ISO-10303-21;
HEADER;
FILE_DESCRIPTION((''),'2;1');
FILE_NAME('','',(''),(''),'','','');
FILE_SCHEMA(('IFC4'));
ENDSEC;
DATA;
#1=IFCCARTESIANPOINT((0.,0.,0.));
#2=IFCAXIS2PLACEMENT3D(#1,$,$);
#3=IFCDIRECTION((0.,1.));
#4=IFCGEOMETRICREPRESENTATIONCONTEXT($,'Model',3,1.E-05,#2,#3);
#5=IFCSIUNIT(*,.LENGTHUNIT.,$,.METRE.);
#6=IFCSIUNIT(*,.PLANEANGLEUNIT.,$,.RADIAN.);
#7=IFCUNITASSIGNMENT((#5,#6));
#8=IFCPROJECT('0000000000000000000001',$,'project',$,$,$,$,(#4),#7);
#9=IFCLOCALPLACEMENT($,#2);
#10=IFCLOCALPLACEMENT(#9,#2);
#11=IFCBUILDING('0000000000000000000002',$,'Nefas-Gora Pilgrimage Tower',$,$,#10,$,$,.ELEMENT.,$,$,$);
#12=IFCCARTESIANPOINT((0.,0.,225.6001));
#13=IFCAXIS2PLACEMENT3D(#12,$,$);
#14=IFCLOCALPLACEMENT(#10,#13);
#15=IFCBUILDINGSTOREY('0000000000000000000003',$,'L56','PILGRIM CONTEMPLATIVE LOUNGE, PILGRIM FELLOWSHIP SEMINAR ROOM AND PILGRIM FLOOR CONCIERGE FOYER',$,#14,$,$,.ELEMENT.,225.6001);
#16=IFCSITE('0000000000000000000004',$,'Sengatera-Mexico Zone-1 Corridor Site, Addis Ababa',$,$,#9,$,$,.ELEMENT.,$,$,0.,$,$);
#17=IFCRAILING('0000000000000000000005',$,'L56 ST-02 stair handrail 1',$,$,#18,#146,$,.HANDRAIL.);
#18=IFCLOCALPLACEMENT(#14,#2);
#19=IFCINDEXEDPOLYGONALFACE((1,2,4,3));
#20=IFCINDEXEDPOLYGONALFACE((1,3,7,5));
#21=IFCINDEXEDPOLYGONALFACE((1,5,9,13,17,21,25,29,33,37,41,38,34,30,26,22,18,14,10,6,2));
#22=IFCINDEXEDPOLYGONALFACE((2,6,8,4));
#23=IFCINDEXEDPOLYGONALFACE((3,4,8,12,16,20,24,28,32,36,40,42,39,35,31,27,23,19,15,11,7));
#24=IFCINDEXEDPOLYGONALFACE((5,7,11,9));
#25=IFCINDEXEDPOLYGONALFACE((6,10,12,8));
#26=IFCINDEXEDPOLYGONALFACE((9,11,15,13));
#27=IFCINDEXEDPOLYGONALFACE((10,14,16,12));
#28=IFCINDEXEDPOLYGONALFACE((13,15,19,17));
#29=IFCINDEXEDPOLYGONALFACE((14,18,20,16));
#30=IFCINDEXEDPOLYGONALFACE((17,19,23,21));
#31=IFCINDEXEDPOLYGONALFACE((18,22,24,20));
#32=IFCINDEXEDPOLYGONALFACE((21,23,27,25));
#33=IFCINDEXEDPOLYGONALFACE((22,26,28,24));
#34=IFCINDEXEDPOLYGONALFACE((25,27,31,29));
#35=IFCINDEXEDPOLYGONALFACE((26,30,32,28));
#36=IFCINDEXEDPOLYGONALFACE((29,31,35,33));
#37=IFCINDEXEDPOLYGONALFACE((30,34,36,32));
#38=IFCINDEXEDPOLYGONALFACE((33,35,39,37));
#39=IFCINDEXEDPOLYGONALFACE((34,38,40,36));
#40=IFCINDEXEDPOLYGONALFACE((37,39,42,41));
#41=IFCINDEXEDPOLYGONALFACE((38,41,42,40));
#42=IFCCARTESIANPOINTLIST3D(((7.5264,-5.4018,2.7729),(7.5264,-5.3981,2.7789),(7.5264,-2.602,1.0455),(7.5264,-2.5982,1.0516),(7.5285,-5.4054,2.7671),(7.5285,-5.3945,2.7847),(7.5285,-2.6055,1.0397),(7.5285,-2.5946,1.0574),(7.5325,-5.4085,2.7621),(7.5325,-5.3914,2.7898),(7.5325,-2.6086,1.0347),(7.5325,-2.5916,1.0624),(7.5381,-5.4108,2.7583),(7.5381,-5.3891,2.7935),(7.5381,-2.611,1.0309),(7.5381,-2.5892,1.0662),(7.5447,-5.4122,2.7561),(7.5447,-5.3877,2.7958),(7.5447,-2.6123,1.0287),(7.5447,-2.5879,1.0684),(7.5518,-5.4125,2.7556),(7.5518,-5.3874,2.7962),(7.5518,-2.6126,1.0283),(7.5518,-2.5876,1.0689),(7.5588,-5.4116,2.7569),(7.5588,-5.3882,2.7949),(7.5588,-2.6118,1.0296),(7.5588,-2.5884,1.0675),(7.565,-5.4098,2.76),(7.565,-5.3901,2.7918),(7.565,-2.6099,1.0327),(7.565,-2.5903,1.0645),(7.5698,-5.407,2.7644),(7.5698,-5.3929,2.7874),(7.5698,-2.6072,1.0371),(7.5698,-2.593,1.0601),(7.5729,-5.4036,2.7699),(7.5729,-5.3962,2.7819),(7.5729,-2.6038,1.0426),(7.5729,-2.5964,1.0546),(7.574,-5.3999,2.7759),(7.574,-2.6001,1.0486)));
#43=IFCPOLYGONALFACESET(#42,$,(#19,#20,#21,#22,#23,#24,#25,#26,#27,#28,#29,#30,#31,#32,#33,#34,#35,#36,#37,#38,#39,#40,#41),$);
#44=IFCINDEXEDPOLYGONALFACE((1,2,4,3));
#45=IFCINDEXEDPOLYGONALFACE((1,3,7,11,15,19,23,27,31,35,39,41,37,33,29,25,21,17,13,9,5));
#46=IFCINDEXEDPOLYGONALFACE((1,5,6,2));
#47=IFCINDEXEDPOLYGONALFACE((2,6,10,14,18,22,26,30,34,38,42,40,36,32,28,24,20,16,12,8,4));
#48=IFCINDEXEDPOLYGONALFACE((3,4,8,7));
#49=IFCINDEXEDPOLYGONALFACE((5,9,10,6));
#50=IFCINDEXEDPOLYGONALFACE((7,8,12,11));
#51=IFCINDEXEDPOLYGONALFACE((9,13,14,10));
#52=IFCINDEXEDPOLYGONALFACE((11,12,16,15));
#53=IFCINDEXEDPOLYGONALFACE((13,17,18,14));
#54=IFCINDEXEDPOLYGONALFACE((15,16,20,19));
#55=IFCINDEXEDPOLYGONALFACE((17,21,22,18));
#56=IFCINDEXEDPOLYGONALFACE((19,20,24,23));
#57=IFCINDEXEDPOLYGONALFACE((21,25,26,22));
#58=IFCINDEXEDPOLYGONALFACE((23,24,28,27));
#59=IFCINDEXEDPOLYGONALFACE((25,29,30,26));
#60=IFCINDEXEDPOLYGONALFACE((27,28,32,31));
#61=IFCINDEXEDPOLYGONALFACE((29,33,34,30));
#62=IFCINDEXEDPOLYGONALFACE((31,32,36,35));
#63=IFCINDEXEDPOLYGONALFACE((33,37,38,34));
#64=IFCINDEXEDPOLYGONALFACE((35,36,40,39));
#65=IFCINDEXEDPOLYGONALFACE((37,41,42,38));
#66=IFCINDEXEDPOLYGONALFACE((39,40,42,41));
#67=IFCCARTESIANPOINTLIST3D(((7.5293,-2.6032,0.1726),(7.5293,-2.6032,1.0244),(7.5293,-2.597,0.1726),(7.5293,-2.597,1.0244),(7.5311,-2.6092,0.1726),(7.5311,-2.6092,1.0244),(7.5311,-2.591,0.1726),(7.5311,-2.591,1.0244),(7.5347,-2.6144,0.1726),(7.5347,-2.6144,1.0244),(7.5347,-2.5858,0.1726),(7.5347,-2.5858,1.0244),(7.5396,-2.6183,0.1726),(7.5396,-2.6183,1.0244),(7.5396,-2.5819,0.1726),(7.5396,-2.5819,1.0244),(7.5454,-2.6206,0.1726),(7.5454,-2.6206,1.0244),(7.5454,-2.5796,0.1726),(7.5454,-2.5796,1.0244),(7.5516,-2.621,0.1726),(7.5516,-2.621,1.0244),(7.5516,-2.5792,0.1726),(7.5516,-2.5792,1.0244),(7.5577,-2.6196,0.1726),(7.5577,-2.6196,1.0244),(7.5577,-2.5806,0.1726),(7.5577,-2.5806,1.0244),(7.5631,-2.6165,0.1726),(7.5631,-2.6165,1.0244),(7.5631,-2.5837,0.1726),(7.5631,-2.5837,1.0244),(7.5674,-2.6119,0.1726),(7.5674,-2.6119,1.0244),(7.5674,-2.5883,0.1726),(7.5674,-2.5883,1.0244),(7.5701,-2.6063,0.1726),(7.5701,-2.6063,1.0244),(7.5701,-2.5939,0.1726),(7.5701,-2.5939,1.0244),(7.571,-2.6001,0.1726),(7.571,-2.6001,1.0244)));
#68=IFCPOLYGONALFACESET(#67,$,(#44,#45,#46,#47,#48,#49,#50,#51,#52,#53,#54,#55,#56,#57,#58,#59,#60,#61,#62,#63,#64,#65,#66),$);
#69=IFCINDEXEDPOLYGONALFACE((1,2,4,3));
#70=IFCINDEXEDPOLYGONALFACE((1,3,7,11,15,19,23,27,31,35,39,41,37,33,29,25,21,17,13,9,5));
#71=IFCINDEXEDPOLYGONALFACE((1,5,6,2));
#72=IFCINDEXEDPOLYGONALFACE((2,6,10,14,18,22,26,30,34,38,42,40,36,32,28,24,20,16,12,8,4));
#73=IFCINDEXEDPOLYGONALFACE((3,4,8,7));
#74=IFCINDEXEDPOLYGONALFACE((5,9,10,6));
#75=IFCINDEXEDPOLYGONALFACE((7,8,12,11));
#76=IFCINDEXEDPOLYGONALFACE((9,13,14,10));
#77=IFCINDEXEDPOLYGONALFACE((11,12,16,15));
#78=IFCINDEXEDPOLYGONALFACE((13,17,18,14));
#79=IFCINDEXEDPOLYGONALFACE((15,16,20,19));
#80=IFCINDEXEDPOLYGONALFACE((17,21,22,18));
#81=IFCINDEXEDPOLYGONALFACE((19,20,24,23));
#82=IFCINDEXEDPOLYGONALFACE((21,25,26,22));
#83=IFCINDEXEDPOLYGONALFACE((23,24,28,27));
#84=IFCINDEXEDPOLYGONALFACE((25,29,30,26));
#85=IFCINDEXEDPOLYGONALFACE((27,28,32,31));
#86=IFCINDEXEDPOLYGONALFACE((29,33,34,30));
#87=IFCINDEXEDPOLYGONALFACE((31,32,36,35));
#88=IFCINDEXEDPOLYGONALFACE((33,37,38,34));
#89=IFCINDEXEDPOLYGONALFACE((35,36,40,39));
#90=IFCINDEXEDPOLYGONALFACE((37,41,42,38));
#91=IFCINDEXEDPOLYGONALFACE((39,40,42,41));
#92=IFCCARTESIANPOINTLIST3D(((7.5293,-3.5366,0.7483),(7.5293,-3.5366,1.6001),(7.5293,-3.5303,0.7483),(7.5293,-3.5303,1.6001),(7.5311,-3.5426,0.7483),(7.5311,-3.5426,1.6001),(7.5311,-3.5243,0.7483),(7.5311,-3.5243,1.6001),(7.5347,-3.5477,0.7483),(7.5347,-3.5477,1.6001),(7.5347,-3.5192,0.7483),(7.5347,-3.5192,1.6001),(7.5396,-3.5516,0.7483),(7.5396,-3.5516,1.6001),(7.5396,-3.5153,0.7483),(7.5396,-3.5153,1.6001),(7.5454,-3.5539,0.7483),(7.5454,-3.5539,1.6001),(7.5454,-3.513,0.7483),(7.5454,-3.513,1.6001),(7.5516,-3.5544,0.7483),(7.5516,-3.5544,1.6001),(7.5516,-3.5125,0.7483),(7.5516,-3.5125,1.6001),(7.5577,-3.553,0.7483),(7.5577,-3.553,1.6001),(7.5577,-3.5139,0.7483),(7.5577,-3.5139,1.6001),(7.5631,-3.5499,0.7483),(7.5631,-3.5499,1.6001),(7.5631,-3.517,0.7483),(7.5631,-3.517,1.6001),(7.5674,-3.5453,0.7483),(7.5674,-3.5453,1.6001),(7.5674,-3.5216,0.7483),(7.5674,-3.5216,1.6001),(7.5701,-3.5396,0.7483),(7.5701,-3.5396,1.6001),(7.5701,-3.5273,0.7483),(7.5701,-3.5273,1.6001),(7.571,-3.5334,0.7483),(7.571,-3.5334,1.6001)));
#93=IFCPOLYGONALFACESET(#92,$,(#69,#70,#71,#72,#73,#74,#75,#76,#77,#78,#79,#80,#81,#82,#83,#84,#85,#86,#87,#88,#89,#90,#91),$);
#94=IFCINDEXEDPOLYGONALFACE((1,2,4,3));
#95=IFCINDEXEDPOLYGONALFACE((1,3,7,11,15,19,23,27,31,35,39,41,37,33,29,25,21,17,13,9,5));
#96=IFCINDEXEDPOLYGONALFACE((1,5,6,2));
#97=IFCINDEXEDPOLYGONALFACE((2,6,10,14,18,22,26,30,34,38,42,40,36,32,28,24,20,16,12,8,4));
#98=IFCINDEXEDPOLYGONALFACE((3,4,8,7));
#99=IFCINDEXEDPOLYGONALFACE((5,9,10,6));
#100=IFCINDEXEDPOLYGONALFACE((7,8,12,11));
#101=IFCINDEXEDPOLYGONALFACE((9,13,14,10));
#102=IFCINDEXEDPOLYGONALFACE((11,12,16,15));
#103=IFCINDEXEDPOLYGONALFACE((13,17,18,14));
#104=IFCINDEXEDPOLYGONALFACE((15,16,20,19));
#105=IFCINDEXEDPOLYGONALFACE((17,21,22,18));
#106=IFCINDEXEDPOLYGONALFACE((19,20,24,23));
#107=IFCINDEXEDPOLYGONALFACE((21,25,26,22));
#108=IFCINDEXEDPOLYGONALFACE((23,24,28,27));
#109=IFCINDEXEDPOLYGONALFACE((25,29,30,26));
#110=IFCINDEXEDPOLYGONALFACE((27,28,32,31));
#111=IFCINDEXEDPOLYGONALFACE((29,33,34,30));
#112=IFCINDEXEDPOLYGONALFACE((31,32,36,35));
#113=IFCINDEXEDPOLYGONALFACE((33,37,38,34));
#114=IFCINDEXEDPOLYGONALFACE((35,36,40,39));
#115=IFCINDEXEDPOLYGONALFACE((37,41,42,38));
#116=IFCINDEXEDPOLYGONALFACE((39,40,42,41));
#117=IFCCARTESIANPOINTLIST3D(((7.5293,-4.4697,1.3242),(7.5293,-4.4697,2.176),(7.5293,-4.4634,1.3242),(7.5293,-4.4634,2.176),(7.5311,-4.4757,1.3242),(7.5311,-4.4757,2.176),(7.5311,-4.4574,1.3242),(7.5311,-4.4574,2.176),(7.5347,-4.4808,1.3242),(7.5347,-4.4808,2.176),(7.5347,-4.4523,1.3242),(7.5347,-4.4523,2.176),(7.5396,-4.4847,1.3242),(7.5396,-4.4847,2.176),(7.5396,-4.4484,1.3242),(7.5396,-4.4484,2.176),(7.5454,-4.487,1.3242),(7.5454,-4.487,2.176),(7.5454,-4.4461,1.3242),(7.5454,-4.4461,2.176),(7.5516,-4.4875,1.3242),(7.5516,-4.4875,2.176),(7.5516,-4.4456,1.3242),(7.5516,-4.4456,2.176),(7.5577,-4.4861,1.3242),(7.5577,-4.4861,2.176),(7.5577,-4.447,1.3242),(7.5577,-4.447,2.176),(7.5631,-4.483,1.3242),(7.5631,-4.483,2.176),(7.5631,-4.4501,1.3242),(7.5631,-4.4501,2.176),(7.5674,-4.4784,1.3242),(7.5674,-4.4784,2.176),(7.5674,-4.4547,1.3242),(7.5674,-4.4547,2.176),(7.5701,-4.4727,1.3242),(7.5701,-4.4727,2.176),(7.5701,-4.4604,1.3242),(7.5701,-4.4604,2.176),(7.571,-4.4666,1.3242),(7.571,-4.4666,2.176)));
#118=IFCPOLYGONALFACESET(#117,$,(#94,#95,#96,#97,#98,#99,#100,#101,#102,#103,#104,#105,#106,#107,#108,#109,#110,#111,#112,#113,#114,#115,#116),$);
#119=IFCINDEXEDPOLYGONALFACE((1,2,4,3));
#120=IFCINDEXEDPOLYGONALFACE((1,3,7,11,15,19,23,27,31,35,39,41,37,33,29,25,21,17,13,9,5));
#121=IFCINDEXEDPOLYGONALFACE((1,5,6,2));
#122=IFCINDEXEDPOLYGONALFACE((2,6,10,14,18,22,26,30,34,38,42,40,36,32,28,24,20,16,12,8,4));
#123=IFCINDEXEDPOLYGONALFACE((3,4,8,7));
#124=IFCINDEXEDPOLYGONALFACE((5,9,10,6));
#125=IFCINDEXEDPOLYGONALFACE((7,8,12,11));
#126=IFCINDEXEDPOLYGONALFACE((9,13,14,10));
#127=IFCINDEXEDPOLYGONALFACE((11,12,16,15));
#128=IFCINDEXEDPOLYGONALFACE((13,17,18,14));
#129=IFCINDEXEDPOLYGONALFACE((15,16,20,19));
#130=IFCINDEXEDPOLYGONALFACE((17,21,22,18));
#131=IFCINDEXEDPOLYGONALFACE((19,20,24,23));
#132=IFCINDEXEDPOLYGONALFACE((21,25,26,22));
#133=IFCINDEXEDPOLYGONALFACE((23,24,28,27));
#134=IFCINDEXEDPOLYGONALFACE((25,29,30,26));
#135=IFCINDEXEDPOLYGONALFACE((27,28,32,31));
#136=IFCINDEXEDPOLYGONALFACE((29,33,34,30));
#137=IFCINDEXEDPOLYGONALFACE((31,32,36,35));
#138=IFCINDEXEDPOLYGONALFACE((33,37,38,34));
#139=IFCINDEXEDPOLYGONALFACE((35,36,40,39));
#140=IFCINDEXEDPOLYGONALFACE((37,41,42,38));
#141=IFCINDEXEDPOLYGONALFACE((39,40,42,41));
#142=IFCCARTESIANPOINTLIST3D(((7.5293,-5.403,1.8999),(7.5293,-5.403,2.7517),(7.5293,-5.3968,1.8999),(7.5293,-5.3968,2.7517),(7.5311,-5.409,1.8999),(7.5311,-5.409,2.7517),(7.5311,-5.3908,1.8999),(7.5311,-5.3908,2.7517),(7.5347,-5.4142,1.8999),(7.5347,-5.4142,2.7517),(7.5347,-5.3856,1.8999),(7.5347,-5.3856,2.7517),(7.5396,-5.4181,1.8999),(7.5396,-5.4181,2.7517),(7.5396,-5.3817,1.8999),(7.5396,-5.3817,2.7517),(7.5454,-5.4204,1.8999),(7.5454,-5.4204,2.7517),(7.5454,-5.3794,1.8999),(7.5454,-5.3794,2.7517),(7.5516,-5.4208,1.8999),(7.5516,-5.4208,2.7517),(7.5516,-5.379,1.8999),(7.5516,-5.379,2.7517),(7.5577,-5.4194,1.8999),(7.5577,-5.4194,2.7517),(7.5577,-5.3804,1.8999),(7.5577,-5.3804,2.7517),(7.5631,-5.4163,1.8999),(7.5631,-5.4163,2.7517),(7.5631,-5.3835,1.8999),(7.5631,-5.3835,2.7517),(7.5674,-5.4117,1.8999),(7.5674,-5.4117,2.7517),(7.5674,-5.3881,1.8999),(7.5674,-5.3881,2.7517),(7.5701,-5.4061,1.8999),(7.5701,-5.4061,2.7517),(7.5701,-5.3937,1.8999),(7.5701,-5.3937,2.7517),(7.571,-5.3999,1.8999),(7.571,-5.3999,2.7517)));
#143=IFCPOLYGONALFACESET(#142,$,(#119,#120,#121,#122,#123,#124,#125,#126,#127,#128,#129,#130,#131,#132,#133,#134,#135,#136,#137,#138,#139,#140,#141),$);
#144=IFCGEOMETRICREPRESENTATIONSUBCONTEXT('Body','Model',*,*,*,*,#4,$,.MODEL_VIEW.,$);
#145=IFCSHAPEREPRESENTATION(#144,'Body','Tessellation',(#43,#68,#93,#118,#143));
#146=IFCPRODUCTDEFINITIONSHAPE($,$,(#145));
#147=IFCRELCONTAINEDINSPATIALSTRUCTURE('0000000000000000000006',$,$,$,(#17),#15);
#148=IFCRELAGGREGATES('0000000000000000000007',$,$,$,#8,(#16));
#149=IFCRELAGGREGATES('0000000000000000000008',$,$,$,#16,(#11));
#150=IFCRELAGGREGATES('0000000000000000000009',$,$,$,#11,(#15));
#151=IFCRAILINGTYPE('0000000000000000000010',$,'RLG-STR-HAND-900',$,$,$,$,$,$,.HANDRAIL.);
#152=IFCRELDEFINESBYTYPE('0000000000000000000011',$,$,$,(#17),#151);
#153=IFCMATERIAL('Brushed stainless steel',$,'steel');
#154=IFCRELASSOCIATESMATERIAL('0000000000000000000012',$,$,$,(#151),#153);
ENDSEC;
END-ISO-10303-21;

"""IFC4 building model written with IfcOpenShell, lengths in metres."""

from ifc_helpers import new_model, si_unit, direction, frame, origin, origin_2d, place, context, subcontext, project, spatial, circle, extrude, material, type_object, element, save


model = new_model("IFC4")

# Units and contexts
model_context = context("Model", 3, precision=1e-05, world=origin(), true_north=direction((0.0, 1.0)))
body_context = subcontext(model_context, "Body", "Model", "MODEL_VIEW")
ifc_project = project(units=[si_unit("LENGTHUNIT", "METRE"), si_unit("PLANEANGLEUNIT", "RADIAN")], contexts=[model_context])

# Site, building, storey
site_placement = place(None, origin())
site = spatial("IfcSite", under=ifc_project, at=site_placement, Name="Sengatera-Mexico Zone-1 Corridor Site, Addis Ababa", CompositionType="ELEMENT", RefElevation=0.0)
building_placement = place(site_placement, origin())
building = spatial("IfcBuilding", under=site, at=building_placement, Name="Nefas-Gora Pilgrimage Tower", CompositionType="ELEMENT")
storey_placement = place(building_placement, frame((0.0, 0.0, 225.6001)))
storey = spatial("IfcBuildingStorey", under=building, at=storey_placement, Name="L56", Description="PILGRIM CONTEMPLATIVE LOUNGE, PILGRIM FELLOWSHIP SEMINAR ROOM AND PILGRIM FLOOR CONCIERGE FOYER", CompositionType="ELEMENT", Elevation=225.6001)

# Railing
ifc_material_1 = material(Name="Brushed stainless steel", Category="steel")
railing_type_1 = type_object("IfcRailingType", Name="RLG-STR-HAND-900", PredefinedType="HANDRAIL", material=ifc_material_1)
railing_1_placement = place(storey_placement, frame((7.55, -2.6001, 0.1726)))
element("IfcRailing", 1, at=railing_1_placement, inside=storey, type_object=railing_type_1, Name="L56 ST-02 stair handrail 1", PredefinedType="HANDRAIL", context=body_context, shape_type="SweptSolid", body=[
    extrude(circle(Radius=0.0239, at=origin_2d()), frame((0.0, 0.0, 0.876), z_axis=(0.0, -0.851069, 0.525054), x_axis=(1.0, 0.0, 0.0)), (0.0, 0.0, 1.0), 3.2898),
    extrude(circle(Radius=0.021, at=origin_2d()), origin(), (0.0, 0.0, 1.0), 0.8518),
    extrude(circle(Radius=0.021, at=origin_2d()), frame((0.0, -0.9333, 0.5757)), (0.0, 0.0, 1.0), 0.8518),
    extrude(circle(Radius=0.021, at=origin_2d()), frame((0.0, -1.8665, 1.1516)), (0.0, 0.0, 1.0), 0.8518),
    extrude(circle(Radius=0.021, at=origin_2d()), frame((0.0, -2.7998, 1.7273)), (0.0, 0.0, 1.0), 0.8518),
])

save(model, "model.ifc")
